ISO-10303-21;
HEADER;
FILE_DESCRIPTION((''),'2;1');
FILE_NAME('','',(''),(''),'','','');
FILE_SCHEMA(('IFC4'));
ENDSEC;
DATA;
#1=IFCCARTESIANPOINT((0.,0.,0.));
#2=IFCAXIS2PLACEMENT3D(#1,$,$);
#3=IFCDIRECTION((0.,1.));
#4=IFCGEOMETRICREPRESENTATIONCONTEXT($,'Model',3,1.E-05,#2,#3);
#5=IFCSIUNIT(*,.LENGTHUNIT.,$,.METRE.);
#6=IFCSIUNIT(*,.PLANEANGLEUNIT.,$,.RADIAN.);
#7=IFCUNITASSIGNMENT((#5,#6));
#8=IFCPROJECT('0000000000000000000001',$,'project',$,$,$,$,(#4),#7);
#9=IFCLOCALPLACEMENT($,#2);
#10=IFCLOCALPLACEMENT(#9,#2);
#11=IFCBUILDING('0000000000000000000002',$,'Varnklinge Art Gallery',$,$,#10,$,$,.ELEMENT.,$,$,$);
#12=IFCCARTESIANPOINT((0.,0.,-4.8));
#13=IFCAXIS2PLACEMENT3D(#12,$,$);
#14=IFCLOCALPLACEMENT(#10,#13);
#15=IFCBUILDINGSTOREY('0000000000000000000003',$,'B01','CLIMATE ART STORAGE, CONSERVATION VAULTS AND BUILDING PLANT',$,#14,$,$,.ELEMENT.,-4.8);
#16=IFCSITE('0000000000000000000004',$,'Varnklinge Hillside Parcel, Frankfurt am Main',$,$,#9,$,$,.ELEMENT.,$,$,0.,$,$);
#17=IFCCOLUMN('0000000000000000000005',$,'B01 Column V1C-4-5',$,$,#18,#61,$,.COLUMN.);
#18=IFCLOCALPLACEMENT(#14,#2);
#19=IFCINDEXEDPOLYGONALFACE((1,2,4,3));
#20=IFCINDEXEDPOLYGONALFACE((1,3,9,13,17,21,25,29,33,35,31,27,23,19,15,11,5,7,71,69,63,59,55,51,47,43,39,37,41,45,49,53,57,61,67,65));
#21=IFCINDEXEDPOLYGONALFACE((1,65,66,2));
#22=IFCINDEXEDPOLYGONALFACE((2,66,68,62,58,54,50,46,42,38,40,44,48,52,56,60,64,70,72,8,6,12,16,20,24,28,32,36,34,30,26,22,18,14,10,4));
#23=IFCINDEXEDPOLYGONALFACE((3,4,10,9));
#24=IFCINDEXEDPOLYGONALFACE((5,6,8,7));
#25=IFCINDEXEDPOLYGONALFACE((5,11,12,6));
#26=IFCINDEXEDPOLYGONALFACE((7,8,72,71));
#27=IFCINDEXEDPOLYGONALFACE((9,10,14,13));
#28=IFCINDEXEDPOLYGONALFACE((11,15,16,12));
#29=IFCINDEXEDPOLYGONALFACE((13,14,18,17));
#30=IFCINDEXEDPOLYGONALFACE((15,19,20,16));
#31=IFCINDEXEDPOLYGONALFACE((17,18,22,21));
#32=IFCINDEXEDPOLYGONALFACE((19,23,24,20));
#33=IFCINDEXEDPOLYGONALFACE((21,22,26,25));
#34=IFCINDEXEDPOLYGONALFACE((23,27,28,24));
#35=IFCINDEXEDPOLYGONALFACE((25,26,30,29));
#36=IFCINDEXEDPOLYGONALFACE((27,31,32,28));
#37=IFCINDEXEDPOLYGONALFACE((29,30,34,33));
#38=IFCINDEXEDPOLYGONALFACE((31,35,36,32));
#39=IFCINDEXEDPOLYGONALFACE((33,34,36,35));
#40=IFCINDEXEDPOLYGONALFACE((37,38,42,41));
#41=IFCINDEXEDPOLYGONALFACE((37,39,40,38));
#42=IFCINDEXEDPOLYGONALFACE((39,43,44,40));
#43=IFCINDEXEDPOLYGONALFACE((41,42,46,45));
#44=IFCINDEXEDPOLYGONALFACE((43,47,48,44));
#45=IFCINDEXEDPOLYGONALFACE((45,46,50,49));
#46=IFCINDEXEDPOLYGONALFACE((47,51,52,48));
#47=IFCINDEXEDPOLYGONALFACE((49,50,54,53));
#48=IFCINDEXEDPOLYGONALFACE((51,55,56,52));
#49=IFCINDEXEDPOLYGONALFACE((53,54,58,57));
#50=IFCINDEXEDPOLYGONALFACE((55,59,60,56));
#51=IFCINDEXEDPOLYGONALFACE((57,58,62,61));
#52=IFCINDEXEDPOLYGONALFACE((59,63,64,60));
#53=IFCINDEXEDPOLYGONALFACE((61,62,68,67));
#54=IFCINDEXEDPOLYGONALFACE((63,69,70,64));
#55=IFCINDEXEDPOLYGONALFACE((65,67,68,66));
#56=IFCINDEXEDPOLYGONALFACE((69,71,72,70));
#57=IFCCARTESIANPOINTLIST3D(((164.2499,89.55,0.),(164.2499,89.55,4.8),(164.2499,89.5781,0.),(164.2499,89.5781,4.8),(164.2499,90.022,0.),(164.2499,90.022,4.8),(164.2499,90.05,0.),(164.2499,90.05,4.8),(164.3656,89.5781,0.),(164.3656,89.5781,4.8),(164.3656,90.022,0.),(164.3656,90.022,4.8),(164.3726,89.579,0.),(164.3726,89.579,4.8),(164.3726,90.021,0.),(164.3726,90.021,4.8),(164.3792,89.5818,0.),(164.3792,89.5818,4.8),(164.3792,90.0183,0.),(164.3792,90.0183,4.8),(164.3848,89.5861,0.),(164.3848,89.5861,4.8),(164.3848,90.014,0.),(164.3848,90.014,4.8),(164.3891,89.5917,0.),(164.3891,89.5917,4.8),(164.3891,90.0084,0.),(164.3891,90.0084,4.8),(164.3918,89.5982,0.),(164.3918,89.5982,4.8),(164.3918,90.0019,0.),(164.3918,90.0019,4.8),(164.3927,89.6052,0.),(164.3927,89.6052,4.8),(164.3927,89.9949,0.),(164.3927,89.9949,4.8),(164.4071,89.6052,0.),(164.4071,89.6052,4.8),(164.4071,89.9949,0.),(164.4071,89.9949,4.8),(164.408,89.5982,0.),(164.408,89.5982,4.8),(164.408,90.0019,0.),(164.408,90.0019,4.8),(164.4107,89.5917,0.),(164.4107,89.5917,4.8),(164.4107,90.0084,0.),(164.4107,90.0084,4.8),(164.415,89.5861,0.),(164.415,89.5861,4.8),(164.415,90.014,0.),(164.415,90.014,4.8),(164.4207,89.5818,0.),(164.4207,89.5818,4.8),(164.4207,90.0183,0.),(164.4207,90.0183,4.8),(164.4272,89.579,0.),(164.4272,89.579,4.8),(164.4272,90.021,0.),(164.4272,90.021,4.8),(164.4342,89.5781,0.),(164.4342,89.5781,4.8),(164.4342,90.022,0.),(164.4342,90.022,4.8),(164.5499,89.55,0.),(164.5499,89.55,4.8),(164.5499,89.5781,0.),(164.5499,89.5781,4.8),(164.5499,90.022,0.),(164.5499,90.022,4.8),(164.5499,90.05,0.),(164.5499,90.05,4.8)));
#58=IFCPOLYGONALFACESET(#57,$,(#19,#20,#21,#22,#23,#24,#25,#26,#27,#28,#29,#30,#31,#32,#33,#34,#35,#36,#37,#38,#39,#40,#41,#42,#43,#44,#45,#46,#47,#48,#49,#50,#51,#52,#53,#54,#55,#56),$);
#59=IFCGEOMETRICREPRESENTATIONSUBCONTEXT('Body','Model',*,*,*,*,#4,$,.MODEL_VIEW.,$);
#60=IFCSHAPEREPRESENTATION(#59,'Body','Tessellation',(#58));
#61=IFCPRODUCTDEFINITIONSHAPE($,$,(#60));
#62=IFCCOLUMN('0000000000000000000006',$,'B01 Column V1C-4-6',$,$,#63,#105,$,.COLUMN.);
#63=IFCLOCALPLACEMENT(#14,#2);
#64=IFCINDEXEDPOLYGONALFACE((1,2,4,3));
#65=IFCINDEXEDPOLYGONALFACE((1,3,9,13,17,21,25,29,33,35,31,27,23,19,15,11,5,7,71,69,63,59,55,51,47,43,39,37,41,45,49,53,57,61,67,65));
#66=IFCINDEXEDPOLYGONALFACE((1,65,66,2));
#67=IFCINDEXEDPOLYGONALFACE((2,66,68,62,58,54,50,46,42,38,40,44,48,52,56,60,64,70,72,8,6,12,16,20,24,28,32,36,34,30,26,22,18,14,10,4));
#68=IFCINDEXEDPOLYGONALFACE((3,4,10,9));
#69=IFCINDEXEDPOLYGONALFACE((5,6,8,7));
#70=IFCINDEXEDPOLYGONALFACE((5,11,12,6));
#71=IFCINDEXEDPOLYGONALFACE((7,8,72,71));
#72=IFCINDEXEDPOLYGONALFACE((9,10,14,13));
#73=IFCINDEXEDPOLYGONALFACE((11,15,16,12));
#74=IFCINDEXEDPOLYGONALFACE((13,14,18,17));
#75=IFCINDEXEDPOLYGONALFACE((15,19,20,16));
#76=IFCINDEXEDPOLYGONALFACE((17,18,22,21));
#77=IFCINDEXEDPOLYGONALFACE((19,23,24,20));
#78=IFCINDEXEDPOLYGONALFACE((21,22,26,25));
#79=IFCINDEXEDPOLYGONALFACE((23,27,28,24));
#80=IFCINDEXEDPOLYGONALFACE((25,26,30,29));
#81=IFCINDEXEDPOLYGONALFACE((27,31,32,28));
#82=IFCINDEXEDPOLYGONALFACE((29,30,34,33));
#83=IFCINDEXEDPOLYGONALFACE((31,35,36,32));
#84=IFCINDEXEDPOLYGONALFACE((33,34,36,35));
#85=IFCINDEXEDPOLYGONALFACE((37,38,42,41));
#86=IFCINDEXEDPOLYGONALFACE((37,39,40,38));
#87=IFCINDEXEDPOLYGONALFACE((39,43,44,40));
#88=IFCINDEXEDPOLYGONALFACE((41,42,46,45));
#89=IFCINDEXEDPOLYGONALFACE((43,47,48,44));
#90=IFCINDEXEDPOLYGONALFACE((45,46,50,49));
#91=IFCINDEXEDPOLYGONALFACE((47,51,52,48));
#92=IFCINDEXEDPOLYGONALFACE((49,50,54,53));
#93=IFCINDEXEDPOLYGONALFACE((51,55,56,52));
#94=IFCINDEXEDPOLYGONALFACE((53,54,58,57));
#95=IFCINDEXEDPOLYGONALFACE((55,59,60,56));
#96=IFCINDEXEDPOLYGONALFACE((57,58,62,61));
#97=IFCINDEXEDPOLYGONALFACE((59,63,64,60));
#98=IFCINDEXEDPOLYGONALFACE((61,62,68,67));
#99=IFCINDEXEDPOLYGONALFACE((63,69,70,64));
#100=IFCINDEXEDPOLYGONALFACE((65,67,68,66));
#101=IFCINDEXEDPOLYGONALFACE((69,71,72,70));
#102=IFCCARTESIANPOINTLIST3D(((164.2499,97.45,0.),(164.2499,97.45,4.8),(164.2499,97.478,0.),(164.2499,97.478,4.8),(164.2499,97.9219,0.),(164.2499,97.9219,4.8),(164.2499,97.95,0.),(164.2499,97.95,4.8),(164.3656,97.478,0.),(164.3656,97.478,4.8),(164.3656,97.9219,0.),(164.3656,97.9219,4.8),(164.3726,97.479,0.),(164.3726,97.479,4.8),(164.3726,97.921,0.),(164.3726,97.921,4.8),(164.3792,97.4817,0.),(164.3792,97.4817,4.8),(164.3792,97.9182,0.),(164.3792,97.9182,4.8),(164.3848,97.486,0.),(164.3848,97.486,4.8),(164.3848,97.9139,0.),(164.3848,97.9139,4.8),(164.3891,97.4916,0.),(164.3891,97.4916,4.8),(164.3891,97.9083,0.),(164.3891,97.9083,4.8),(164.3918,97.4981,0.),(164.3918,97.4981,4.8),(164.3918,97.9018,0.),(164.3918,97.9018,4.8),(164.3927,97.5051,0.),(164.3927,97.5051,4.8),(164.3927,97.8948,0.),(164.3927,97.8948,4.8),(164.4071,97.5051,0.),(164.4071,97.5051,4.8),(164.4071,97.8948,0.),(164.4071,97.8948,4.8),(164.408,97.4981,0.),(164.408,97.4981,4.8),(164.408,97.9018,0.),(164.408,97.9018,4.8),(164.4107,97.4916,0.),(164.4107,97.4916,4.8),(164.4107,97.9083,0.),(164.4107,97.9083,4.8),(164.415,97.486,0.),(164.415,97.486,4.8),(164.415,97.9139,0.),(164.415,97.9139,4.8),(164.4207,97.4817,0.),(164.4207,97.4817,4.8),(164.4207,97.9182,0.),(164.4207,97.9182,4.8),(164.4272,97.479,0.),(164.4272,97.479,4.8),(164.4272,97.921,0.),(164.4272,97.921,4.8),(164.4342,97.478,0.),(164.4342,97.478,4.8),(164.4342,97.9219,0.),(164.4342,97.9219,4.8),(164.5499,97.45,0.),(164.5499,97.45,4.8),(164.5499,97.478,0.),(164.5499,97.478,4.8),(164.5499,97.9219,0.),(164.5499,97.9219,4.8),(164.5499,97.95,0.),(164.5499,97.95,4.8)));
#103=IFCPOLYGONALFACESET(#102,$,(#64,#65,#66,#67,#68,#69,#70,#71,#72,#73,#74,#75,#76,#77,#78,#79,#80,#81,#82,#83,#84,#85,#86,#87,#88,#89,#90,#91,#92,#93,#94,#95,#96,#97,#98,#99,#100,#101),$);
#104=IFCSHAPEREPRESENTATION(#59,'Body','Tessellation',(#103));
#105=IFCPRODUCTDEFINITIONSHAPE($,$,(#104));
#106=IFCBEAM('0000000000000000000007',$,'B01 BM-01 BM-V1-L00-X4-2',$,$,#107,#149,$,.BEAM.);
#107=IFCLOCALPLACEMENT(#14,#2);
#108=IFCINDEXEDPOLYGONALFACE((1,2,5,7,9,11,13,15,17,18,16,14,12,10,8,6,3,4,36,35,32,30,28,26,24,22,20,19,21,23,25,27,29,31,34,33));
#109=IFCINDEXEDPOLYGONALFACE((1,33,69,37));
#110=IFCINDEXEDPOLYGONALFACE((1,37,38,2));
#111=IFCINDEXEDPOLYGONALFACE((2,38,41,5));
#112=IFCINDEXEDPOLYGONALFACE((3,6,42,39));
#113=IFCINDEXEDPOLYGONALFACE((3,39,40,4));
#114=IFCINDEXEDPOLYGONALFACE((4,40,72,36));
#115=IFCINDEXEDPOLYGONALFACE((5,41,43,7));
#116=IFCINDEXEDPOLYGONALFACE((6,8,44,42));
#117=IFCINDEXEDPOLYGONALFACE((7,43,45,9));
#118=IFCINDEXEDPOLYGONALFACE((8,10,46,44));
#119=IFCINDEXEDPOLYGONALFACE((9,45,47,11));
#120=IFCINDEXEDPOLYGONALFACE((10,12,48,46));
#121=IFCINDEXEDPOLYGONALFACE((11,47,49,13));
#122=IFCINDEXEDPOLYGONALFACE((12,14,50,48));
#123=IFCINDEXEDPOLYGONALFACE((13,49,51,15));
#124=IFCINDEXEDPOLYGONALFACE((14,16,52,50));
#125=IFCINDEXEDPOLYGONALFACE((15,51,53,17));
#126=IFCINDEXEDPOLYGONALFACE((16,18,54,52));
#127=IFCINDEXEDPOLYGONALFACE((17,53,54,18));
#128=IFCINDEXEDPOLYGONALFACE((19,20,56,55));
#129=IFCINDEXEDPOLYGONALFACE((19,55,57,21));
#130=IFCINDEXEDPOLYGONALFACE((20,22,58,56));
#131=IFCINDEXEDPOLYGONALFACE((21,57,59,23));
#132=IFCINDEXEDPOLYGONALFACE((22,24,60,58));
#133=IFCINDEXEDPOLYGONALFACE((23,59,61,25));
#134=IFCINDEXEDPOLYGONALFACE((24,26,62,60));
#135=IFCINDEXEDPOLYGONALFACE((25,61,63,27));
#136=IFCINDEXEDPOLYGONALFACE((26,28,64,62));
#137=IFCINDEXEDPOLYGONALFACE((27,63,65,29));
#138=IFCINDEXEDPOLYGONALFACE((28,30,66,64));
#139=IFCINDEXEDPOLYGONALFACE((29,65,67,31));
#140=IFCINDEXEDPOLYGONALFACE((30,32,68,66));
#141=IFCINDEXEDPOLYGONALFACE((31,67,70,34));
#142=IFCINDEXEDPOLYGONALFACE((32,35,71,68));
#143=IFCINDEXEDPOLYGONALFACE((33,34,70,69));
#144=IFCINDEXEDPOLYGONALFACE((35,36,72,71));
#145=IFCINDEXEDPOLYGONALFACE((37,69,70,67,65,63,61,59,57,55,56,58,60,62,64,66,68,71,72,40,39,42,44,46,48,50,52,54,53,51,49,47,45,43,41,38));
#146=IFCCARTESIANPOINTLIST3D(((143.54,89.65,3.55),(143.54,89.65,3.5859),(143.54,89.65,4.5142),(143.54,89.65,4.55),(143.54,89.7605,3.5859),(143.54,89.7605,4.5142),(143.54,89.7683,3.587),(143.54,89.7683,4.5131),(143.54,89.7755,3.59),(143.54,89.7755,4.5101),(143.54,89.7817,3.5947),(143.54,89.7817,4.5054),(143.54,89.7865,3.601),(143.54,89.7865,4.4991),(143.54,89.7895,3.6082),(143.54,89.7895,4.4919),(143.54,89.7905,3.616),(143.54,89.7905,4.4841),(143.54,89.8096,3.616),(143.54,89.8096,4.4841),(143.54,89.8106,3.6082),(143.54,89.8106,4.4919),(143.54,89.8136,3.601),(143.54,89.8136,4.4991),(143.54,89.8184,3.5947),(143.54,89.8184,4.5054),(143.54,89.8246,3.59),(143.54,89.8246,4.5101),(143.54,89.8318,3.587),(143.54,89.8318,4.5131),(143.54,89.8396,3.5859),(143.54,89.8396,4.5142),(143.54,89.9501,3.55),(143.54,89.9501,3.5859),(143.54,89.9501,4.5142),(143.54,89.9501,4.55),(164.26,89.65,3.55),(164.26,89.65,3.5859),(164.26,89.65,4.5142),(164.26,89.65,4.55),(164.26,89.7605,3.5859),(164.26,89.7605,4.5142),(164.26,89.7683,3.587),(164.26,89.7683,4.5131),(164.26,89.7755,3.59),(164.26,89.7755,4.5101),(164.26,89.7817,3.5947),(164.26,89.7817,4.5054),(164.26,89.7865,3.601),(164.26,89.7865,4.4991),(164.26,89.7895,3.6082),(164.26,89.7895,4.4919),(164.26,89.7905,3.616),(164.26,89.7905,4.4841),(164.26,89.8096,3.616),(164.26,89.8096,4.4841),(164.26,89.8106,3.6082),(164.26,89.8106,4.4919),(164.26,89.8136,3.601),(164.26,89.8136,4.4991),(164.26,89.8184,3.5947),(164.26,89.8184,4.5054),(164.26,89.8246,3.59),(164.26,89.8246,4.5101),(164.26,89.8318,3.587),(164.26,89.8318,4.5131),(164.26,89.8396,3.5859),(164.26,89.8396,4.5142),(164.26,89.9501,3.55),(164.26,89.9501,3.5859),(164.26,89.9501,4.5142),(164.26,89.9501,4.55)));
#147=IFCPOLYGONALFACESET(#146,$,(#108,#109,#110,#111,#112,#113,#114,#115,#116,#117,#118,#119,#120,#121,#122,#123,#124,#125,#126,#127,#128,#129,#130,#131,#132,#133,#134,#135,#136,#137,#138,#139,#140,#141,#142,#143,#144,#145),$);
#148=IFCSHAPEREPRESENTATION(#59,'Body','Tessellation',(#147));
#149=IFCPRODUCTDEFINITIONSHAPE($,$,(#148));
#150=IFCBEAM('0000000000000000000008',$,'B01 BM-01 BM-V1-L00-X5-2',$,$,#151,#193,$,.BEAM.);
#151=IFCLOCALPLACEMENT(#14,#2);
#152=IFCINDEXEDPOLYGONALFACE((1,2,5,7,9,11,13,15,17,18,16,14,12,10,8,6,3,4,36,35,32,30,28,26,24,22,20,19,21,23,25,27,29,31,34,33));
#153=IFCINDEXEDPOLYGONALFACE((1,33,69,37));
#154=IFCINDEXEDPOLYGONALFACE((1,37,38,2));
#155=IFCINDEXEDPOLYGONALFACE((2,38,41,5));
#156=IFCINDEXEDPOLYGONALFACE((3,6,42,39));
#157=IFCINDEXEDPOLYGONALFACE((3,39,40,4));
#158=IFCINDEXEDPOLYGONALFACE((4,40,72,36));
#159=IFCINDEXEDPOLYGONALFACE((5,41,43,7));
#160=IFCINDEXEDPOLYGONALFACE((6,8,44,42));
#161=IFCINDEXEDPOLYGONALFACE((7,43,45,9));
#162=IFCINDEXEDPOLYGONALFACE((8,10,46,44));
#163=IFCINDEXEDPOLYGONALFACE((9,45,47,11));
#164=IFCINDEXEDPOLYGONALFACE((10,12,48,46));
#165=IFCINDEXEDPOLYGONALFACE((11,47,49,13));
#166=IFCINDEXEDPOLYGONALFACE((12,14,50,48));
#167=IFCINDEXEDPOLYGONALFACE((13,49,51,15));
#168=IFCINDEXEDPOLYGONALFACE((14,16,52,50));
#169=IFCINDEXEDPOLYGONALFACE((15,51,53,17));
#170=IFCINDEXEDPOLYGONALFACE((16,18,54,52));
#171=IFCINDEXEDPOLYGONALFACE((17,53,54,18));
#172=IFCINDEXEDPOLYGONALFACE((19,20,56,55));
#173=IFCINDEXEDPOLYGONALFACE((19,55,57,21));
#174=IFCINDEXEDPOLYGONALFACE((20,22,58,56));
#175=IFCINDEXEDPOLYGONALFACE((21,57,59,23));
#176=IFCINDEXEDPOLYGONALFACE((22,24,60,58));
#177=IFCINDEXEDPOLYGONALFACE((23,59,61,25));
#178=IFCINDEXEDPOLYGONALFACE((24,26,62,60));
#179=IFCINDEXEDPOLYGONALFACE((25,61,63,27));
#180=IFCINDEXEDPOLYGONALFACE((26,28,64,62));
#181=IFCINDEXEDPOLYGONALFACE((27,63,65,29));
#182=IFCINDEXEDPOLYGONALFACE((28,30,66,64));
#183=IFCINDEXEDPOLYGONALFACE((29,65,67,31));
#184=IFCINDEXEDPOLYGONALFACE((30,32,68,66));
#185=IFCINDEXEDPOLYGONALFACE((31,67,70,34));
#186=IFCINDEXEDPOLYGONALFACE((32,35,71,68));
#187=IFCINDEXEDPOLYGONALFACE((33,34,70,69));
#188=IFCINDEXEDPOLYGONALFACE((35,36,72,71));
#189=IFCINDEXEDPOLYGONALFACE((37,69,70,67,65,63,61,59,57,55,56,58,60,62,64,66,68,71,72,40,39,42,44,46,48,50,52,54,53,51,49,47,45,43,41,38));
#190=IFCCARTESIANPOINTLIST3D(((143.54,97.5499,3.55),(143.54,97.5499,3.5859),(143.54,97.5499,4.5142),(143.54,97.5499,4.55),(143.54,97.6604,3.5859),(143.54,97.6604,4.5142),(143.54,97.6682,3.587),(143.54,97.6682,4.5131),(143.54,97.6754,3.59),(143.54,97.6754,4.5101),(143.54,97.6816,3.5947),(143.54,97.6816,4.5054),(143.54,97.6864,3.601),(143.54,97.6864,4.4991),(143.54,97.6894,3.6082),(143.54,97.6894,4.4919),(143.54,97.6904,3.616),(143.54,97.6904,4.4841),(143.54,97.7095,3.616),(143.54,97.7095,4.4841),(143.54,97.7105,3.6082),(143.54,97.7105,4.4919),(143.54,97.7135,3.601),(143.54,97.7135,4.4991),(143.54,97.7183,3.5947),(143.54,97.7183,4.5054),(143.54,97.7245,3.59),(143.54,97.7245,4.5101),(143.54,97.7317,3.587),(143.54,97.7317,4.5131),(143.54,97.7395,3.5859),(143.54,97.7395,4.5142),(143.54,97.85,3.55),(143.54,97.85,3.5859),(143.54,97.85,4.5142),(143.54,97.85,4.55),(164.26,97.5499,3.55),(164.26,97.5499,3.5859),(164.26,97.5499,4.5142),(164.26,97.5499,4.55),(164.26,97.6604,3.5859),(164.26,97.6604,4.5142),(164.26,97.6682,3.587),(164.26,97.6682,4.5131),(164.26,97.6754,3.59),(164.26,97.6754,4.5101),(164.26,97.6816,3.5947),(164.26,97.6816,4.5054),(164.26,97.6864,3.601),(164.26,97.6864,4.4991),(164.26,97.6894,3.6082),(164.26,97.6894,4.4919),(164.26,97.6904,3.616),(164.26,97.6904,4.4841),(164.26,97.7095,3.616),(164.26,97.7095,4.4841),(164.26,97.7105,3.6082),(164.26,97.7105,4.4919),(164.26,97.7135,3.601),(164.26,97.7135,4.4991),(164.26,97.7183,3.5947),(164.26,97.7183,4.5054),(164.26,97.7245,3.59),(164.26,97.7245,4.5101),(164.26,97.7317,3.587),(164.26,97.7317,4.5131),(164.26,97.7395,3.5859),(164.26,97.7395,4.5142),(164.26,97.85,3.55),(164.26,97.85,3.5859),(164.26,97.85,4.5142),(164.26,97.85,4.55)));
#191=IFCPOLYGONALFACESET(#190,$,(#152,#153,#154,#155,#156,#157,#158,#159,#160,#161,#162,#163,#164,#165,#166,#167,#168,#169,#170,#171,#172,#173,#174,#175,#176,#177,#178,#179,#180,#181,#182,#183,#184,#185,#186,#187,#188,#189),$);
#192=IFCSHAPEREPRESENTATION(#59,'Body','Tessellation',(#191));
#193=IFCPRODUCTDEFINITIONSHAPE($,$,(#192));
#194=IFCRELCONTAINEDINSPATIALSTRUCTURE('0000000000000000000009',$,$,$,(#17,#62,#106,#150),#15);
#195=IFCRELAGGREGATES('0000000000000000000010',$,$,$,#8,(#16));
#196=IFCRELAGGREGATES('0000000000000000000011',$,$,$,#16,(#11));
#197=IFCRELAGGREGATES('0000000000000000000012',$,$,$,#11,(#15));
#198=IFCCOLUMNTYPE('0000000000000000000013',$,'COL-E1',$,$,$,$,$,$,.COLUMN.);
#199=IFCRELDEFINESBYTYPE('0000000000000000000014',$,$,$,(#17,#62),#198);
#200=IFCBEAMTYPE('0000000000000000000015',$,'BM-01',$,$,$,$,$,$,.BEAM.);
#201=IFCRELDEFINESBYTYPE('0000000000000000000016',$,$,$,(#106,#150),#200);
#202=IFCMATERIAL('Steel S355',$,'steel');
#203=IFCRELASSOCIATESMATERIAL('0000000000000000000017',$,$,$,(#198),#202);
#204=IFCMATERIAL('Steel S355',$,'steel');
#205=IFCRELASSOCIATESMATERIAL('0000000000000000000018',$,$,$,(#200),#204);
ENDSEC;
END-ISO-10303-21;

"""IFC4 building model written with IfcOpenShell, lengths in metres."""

from ifc_helpers import new_model, si_unit, direction, frame, origin, origin_2d, place, context, subcontext, project, spatial, i_section, extrude, material, material_profile, profile_set, type_object, element, save


model = new_model("IFC4")

# Units and contexts
model_context = context("Model", 3, precision=1e-05, world=origin(), true_north=direction((0.0, 1.0)))
body_context = subcontext(model_context, "Body", "Model", "MODEL_VIEW")
ifc_project = project(units=[si_unit("LENGTHUNIT", "METRE"), si_unit("PLANEANGLEUNIT", "RADIAN")], contexts=[model_context])

# Site, building, storey
site_placement = place(None, origin())
site = spatial("IfcSite", under=ifc_project, at=site_placement, Name="Varnklinge Hillside Parcel, Frankfurt am Main", CompositionType="ELEMENT", RefElevation=0.0)
building_placement = place(site_placement, origin())
building = spatial("IfcBuilding", under=site, at=building_placement, Name="Varnklinge Art Gallery", CompositionType="ELEMENT")
storey_placement = place(building_placement, frame((0.0, 0.0, -4.8)))
storey = spatial("IfcBuildingStorey", under=building, at=storey_placement, Name="B01", Description="CLIMATE ART STORAGE, CONSERVATION VAULTS AND BUILDING PLANT", CompositionType="ELEMENT", Elevation=-4.8)

# Columns
ifc_material_1 = material(Name="Steel S355", Category="steel")
ifc_material_profile_1 = material_profile(ifc_material_1, i_section(OverallWidth=0.3, OverallDepth=0.5, WebThickness=0.0144, FlangeThickness=0.0281, FilletRadius=0.0271, at=origin_2d()), Name="HEB 500")
ifc_profile_set_1 = profile_set([ifc_material_profile_1], Name="Steel S355")
column_type = type_object("IfcColumnType", Name="COL-E1", PredefinedType="COLUMN", material=ifc_profile_set_1)
for number, where, z_axis, x_axis, name in (
    (1, (164.3999, 89.8, 0.0), (0.0, 0.0, 1.0), (1.0, 0.0, 0.0), "B01 Column V1C-4-5"),
    (2, (164.3999, 97.7, 0.0), (0.0, 0.0, 1.0), (1.0, 0.0, 0.0), "B01 Column V1C-4-6"),
):
    element("IfcColumn", number, at=place(storey_placement, frame(where, z_axis=z_axis, x_axis=x_axis)), inside=storey, type_object=column_type, Name=name, PredefinedType="COLUMN", context=body_context, shape_type="SweptSolid", body=[
        extrude(i_section(OverallWidth=0.3, OverallDepth=0.5, WebThickness=0.0144, FlangeThickness=0.0281, FilletRadius=0.0271, at=origin_2d()), origin(), (0.0, 0.0, 1.0), 4.8),
    ])

# Beams
ifc_material_2 = material(Name="Steel S355", Category="steel")
ifc_material_profile_2 = material_profile(ifc_material_2, i_section(OverallWidth=0.3, OverallDepth=1.0, WebThickness=0.019, FlangeThickness=0.0359, FilletRadius=0.03, at=origin_2d()), Name="HEB 1000")
ifc_profile_set_2 = profile_set([ifc_material_profile_2], Name="Steel S355")
beam_type_1 = type_object("IfcBeamType", Name="BM-01", PredefinedType="BEAM", material=ifc_profile_set_2)
for number, where, z_axis, x_axis, name in (
    (3, (143.54, 89.8, 4.05), (1.0, 0.0, 0.0), (0.0, 1.0, 0.0), "B01 BM-01 BM-V1-L00-X4-2"),
    (4, (143.54, 97.7, 4.05), (1.0, 0.0, 0.0), (0.0, 1.0, 0.0), "B01 BM-01 BM-V1-L00-X5-2"),
):
    element("IfcBeam", number, at=place(storey_placement, frame(where, z_axis=z_axis, x_axis=x_axis)), inside=storey, type_object=beam_type_1, Name=name, PredefinedType="BEAM", context=body_context, shape_type="SweptSolid", body=[
        extrude(i_section(OverallWidth=0.3, OverallDepth=1.0, WebThickness=0.019, FlangeThickness=0.0359, FilletRadius=0.03, at=origin_2d()), origin(), (0.0, 0.0, 1.0), 20.72),
    ])

save(model, "model.ifc")
